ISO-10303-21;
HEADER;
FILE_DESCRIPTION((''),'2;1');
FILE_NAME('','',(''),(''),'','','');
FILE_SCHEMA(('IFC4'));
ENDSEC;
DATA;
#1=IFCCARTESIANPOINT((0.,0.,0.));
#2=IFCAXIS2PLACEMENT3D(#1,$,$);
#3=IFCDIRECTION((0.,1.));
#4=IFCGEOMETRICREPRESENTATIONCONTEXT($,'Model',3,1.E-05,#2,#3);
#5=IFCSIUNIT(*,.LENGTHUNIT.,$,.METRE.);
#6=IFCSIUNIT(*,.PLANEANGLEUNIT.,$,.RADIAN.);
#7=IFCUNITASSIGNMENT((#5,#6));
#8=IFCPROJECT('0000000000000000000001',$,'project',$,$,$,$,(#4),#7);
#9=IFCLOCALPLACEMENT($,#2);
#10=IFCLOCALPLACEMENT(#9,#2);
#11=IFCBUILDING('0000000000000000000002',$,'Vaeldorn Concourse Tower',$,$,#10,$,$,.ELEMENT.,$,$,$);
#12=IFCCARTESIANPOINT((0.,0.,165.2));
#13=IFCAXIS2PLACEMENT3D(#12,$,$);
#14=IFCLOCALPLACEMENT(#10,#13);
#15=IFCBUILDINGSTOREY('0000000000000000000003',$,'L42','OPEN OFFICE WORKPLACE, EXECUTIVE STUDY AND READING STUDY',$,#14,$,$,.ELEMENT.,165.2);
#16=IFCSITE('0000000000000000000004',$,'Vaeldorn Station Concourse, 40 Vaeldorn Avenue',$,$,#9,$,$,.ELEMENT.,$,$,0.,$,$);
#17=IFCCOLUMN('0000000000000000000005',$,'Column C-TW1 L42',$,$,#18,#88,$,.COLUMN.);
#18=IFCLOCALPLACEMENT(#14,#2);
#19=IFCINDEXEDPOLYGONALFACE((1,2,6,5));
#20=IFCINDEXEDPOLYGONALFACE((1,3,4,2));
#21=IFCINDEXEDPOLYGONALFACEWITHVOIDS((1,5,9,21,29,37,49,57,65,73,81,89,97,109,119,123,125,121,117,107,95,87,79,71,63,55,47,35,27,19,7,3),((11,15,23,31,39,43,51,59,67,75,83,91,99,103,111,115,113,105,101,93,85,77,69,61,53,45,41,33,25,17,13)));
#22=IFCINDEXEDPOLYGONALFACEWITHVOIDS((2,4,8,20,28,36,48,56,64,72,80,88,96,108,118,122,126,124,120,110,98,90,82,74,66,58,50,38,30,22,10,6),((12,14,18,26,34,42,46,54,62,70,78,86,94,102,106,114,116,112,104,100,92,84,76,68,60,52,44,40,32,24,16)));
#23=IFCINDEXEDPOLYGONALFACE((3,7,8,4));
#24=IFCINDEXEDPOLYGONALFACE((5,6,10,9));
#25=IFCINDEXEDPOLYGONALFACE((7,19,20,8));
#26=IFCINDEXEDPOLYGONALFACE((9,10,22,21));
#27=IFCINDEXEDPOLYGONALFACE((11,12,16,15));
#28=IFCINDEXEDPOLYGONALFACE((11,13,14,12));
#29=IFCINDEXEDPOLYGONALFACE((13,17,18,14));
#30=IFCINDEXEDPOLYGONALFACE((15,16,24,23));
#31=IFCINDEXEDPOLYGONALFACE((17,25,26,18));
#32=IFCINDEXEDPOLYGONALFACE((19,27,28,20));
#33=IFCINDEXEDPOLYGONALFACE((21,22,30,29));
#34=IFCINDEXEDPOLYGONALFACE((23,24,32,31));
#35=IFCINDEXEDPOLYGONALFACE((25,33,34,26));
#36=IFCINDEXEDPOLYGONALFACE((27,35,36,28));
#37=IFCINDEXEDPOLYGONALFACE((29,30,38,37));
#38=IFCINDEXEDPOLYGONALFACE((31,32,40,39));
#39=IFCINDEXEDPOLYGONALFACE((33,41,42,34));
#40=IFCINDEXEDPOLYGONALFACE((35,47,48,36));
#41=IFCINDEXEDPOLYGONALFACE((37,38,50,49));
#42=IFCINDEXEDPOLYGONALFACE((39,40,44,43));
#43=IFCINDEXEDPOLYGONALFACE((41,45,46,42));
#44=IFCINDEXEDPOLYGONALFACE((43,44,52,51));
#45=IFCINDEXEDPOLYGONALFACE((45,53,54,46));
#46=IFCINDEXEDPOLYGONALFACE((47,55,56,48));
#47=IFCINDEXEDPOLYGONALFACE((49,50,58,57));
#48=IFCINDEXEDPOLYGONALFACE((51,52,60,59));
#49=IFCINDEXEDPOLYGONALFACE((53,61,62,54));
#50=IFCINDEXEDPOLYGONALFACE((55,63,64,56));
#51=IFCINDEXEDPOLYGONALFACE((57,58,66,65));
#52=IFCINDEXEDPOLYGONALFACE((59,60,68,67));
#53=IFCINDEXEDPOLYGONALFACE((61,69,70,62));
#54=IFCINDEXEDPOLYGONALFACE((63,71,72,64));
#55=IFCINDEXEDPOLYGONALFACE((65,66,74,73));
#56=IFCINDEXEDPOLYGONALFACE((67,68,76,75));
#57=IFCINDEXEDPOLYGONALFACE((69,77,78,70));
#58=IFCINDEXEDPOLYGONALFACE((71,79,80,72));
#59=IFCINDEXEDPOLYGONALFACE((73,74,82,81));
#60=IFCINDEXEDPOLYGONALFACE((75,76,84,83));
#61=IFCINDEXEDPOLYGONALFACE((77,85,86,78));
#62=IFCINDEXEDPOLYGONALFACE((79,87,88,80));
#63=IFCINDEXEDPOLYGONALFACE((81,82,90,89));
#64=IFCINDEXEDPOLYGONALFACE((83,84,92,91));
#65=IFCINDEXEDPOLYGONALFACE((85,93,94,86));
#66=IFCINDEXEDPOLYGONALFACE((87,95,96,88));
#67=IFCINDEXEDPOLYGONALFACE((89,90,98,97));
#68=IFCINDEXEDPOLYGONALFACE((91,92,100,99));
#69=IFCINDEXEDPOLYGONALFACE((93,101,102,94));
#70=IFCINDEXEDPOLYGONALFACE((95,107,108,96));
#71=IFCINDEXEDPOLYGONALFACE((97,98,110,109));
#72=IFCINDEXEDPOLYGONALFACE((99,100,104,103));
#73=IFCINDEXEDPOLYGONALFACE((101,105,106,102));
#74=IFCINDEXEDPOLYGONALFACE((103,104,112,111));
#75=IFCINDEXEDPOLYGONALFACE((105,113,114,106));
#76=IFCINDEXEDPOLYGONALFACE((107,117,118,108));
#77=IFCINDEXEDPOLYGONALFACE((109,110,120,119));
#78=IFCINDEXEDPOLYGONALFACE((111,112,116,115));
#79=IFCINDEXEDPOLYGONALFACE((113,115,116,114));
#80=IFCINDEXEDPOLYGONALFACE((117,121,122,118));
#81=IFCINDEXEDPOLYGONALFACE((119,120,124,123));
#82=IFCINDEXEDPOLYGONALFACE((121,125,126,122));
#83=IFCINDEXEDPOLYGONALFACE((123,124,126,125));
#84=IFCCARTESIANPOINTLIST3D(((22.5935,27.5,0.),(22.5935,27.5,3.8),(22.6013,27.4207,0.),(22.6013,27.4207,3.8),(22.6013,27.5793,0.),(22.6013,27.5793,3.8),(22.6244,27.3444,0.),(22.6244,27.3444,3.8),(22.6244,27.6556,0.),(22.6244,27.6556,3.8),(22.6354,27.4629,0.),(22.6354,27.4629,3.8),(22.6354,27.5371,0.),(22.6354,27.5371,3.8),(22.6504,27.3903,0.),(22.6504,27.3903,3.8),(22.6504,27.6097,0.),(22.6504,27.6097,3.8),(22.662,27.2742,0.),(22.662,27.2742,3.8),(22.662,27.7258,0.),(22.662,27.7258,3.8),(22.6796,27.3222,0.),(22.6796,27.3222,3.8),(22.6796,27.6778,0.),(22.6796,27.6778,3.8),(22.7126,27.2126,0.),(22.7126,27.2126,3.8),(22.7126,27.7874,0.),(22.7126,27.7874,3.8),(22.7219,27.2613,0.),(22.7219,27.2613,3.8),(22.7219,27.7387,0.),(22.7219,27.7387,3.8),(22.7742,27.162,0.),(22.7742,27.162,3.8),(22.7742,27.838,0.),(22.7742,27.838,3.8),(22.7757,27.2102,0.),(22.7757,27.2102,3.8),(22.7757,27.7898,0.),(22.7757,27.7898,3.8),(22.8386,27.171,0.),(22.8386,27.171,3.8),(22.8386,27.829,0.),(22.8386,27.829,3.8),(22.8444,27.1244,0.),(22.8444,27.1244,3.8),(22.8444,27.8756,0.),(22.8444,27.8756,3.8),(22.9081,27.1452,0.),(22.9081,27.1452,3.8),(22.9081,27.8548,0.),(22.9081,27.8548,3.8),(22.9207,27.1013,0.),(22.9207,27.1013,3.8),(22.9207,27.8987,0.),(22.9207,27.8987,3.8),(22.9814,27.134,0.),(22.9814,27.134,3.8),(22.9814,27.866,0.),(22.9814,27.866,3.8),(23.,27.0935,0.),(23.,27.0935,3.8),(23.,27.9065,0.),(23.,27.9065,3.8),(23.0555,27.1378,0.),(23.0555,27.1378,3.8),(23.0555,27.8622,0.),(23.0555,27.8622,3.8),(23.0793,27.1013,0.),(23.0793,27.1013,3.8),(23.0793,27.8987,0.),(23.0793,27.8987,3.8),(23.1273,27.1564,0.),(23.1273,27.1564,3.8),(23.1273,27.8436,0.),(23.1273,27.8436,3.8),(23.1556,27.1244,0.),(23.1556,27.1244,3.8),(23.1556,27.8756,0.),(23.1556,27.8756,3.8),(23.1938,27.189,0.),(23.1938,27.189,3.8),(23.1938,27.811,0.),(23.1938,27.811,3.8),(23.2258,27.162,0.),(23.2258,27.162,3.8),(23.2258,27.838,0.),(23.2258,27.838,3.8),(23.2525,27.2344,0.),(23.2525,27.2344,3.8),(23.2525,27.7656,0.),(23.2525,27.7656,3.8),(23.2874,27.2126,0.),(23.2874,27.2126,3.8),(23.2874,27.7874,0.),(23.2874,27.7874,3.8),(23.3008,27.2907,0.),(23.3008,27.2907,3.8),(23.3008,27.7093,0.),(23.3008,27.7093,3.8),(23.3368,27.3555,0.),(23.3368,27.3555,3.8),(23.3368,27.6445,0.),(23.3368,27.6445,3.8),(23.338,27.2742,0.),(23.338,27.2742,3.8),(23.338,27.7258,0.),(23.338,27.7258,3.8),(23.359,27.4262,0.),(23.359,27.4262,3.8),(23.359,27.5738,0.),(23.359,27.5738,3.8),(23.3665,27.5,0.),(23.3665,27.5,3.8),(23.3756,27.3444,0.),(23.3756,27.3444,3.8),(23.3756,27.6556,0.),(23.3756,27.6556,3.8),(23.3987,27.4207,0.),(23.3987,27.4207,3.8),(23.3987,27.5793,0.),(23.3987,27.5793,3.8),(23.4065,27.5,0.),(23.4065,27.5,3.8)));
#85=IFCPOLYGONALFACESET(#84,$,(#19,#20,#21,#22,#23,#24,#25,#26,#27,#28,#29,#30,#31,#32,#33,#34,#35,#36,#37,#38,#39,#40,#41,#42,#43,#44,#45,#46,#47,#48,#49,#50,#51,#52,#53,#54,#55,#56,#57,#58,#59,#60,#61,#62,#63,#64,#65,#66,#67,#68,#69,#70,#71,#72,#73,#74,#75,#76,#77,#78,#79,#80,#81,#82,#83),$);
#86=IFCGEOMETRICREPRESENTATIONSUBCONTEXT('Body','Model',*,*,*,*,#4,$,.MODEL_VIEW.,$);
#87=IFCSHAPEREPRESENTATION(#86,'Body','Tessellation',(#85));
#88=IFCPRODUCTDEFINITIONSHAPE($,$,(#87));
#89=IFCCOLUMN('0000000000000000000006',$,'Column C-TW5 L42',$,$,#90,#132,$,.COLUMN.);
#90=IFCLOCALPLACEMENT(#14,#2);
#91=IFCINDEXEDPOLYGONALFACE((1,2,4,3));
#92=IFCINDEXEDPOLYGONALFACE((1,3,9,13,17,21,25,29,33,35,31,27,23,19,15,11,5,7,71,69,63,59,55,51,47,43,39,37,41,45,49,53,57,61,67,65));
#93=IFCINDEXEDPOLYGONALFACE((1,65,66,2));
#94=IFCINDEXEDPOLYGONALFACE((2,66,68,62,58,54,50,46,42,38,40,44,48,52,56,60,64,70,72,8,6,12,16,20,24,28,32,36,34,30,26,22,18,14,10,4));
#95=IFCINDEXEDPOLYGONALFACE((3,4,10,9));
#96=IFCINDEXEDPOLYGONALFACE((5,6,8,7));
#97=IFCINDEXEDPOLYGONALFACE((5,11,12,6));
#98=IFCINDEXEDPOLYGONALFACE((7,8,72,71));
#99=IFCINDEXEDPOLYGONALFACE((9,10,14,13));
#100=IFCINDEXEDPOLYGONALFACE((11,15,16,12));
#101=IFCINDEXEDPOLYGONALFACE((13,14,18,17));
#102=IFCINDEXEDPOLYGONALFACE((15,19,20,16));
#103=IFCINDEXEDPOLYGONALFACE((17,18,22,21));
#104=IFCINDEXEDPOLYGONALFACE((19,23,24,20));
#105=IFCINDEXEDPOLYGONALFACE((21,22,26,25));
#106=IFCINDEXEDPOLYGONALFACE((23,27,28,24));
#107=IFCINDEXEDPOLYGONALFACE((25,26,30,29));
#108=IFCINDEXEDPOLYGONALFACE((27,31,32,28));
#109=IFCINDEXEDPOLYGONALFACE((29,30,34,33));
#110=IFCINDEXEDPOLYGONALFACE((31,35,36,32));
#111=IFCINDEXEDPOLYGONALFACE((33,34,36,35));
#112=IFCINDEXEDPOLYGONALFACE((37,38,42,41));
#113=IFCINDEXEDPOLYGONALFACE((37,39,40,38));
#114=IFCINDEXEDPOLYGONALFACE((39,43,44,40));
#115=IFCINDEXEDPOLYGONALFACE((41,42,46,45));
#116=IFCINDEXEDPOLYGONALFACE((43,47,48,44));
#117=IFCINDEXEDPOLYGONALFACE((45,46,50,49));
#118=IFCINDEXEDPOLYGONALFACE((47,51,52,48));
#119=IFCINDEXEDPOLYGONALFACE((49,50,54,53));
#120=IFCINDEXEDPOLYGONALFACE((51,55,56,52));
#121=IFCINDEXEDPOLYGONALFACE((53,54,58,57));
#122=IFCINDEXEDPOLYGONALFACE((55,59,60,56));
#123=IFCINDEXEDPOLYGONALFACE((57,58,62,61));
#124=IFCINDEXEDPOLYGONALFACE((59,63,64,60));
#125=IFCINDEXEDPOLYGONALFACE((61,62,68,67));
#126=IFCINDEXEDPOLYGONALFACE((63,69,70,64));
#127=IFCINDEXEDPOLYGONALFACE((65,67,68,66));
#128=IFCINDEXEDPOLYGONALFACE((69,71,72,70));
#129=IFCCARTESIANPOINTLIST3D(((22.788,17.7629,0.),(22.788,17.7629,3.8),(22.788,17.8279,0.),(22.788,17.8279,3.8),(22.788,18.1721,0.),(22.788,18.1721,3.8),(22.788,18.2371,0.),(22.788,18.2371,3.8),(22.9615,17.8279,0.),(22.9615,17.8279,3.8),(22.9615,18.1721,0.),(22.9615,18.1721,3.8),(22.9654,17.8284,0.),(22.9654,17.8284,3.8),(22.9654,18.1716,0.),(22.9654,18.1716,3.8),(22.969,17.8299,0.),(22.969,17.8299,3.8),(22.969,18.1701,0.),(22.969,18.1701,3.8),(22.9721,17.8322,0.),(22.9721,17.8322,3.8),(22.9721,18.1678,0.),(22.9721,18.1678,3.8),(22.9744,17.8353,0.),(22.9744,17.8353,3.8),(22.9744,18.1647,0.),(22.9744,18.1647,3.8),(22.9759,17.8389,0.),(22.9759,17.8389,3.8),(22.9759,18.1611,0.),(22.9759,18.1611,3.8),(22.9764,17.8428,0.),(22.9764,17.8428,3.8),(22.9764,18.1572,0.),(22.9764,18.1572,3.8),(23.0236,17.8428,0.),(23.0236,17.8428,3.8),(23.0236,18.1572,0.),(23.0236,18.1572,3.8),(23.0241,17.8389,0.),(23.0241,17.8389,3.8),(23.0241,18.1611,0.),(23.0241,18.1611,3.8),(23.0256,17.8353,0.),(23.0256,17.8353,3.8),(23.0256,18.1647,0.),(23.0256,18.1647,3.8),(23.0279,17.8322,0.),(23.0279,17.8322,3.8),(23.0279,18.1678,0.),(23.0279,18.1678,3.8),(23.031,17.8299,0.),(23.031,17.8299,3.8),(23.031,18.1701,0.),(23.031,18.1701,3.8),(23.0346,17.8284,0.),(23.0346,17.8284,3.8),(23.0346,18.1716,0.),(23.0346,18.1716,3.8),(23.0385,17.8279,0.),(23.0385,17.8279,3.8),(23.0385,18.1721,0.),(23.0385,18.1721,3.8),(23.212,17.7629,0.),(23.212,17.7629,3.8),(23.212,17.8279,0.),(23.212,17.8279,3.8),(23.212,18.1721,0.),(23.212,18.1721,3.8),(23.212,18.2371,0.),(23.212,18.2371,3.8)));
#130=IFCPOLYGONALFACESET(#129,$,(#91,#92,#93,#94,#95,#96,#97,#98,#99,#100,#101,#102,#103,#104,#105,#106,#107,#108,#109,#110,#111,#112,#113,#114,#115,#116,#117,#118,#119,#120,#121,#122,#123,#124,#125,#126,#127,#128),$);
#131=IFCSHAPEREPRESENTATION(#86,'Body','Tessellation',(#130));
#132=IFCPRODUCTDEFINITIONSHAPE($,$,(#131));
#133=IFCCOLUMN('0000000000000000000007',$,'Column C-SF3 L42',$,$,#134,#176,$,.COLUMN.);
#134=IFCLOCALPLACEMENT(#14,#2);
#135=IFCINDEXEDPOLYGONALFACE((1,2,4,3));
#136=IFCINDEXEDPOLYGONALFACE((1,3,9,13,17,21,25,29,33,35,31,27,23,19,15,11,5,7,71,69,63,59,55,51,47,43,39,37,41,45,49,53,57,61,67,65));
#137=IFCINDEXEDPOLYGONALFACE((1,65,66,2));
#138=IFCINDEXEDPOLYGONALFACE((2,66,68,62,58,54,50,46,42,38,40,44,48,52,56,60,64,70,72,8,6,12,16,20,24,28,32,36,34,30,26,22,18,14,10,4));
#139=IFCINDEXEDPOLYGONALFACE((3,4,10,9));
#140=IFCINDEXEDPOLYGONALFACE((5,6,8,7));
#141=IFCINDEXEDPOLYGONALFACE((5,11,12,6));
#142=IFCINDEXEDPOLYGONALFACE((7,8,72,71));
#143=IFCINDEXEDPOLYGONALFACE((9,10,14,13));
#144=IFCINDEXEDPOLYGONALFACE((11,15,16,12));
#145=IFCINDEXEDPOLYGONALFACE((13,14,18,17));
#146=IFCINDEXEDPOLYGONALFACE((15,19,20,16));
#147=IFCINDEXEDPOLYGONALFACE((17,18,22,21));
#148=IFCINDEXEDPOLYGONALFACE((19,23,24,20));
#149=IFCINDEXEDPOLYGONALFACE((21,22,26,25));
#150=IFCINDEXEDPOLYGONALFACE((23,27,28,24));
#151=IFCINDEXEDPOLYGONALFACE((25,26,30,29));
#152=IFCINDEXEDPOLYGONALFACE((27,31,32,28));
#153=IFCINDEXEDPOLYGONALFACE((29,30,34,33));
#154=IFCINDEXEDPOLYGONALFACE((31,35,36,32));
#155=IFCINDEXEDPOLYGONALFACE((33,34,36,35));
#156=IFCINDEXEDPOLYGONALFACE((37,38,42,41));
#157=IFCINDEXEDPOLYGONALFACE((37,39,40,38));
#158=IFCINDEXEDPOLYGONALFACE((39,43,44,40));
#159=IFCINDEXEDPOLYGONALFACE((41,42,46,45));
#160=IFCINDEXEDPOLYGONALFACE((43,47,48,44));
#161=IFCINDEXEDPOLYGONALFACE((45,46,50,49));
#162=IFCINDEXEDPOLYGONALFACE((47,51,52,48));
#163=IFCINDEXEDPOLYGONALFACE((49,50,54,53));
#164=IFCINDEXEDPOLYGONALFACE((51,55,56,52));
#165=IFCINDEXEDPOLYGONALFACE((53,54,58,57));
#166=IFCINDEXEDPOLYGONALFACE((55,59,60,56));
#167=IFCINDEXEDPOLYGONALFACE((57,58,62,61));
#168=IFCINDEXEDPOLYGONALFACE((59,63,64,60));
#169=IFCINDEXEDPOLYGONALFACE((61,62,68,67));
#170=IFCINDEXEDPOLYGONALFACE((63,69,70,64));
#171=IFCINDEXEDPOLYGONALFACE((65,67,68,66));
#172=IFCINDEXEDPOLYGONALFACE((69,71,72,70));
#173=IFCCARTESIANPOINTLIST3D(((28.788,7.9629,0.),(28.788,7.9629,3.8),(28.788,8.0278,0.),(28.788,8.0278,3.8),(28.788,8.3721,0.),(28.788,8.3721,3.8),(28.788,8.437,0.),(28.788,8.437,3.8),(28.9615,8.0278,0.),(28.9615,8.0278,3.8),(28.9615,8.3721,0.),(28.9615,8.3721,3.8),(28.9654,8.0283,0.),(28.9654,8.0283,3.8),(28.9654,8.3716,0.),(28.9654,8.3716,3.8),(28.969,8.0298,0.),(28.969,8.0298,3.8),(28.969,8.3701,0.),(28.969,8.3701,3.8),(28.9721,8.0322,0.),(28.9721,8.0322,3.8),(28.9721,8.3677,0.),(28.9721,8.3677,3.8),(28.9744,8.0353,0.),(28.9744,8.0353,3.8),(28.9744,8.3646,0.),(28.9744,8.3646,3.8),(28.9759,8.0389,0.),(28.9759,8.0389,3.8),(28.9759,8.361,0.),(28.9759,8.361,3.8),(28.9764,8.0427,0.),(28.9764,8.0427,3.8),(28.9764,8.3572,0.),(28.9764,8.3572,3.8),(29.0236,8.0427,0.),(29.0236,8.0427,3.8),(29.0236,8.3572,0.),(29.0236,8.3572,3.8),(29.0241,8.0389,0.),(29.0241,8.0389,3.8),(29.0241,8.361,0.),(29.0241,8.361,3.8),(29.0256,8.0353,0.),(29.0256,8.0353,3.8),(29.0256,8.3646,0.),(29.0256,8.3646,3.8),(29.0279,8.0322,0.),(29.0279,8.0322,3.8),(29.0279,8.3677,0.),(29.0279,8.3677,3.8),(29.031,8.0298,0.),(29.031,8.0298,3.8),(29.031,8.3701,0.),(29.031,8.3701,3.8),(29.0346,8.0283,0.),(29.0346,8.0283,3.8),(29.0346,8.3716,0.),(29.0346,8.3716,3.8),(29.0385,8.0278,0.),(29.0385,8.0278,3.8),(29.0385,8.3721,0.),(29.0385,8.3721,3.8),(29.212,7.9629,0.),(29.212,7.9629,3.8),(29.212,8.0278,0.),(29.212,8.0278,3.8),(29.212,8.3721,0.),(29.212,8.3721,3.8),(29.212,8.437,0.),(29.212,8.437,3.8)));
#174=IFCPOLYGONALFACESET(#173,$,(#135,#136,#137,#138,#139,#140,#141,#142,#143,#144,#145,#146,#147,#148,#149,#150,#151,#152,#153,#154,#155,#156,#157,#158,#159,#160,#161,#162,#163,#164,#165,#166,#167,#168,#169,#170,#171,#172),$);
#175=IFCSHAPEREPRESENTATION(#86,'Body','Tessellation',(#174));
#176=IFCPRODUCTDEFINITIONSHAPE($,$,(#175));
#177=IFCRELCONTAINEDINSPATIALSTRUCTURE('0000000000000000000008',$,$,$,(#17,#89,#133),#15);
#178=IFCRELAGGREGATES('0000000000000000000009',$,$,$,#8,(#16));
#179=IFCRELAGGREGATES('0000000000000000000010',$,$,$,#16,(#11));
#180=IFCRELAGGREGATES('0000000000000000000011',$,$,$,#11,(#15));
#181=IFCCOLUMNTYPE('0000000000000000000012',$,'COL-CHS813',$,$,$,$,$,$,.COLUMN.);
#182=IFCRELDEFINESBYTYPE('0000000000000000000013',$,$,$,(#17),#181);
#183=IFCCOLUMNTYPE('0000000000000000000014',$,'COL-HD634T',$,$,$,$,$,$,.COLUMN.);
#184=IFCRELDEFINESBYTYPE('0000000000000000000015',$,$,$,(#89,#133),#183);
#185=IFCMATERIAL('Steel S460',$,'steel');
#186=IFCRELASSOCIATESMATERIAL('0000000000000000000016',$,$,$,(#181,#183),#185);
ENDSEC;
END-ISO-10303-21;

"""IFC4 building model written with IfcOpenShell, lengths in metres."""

from ifc_helpers import new_model, si_unit, direction, frame, origin, origin_2d, place, context, subcontext, project, spatial, hollow_circle, i_section, extrude, source, transform, mapped, material, material_profile, profile_set, type_object, element, save


model = new_model("IFC4")

# Units and contexts
model_context = context("Model", 3, precision=1e-05, world=origin(), true_north=direction((0.0, 1.0)))
body_context = subcontext(model_context, "Body", "Model", "MODEL_VIEW")
ifc_project = project(units=[si_unit("LENGTHUNIT", "METRE"), si_unit("PLANEANGLEUNIT", "RADIAN")], contexts=[model_context])

# Site, building, storey
site_placement = place(None, origin())
site = spatial("IfcSite", under=ifc_project, at=site_placement, Name="Vaeldorn Station Concourse, 40 Vaeldorn Avenue", CompositionType="ELEMENT", RefElevation=0.0)
building_placement = place(site_placement, origin())
building = spatial("IfcBuilding", under=site, at=building_placement, Name="Vaeldorn Concourse Tower", CompositionType="ELEMENT")
storey_placement = place(building_placement, frame((0.0, 0.0, 165.2)))
storey = spatial("IfcBuildingStorey", under=building, at=storey_placement, Name="L42", Description="OPEN OFFICE WORKPLACE, EXECUTIVE STUDY AND READING STUDY", CompositionType="ELEMENT", Elevation=165.2)

# Columns
ifc_material_1 = material(Name="Steel S460", Category="steel")
ifc_material_profile_1 = material_profile(ifc_material_1, hollow_circle(Radius=0.4065, WallThickness=0.04, at=origin_2d()), Name="CHS 813x40")
ifc_profile_set_1 = profile_set([ifc_material_profile_1], Name="Steel S460")
column_type_1 = type_object("IfcColumnType", Name="COL-CHS813", PredefinedType="COLUMN", material=ifc_profile_set_1)
shared_shape_1 = source(origin(), body_context, "Body", "SweptSolid", [
    extrude(hollow_circle(Radius=0.4065, WallThickness=0.04, at=origin_2d()), origin(), (0.0, 0.0, 1.0), 3.8),
])
column_placement = place(storey_placement, frame((23.0, 27.5, 0.0), z_axis=(0.0, 0.0, 1.0), x_axis=(1.0, 0.0, 0.0)))
element("IfcColumn", 1, at=column_placement, inside=storey, type_object=column_type_1, Name="Column C-TW1 L42", PredefinedType="COLUMN", context=body_context, shape_type="MappedRepresentation", body=[
    mapped(shared_shape_1, transform((0.0, 0.0, 0.0), scale=1.0)),
])
ifc_material_profile_2 = material_profile(ifc_material_1, i_section(OverallWidth=0.4241, OverallDepth=0.4741, WebThickness=0.0471, FlangeThickness=0.0649, FilletRadius=0.0149, at=origin_2d()), Name="HD 400x634")
ifc_profile_set_2 = profile_set([ifc_material_profile_2], Name="Steel S460")
column_type_2 = type_object("IfcColumnType", Name="COL-HD634T", PredefinedType="COLUMN", material=ifc_profile_set_2)
shared_shape_2 = source(origin(), body_context, "Body", "SweptSolid", [
    extrude(i_section(OverallWidth=0.4241, OverallDepth=0.4741, WebThickness=0.0471, FlangeThickness=0.0649, FilletRadius=0.0149, at=origin_2d()), origin(), (0.0, 0.0, 1.0), 3.8),
])
for number, where, z_axis, x_axis, name in (
    (2, (23.0, 18.0, 0.0), (0.0, 0.0, 1.0), (1.0, 0.0, 0.0), "Column C-TW5 L42"),
    (3, (29.0, 8.2, 0.0), (0.0, 0.0, 1.0), (1.0, 0.0, 0.0), "Column C-SF3 L42"),
):
    element("IfcColumn", number, at=place(storey_placement, frame(where, z_axis=z_axis, x_axis=x_axis)), inside=storey, type_object=column_type_2, Name=name, PredefinedType="COLUMN", context=body_context, shape_type="MappedRepresentation", body=[
        mapped(shared_shape_2, transform((0.0, 0.0, 0.0), scale=1.0)),
    ])

save(model, "model.ifc")
